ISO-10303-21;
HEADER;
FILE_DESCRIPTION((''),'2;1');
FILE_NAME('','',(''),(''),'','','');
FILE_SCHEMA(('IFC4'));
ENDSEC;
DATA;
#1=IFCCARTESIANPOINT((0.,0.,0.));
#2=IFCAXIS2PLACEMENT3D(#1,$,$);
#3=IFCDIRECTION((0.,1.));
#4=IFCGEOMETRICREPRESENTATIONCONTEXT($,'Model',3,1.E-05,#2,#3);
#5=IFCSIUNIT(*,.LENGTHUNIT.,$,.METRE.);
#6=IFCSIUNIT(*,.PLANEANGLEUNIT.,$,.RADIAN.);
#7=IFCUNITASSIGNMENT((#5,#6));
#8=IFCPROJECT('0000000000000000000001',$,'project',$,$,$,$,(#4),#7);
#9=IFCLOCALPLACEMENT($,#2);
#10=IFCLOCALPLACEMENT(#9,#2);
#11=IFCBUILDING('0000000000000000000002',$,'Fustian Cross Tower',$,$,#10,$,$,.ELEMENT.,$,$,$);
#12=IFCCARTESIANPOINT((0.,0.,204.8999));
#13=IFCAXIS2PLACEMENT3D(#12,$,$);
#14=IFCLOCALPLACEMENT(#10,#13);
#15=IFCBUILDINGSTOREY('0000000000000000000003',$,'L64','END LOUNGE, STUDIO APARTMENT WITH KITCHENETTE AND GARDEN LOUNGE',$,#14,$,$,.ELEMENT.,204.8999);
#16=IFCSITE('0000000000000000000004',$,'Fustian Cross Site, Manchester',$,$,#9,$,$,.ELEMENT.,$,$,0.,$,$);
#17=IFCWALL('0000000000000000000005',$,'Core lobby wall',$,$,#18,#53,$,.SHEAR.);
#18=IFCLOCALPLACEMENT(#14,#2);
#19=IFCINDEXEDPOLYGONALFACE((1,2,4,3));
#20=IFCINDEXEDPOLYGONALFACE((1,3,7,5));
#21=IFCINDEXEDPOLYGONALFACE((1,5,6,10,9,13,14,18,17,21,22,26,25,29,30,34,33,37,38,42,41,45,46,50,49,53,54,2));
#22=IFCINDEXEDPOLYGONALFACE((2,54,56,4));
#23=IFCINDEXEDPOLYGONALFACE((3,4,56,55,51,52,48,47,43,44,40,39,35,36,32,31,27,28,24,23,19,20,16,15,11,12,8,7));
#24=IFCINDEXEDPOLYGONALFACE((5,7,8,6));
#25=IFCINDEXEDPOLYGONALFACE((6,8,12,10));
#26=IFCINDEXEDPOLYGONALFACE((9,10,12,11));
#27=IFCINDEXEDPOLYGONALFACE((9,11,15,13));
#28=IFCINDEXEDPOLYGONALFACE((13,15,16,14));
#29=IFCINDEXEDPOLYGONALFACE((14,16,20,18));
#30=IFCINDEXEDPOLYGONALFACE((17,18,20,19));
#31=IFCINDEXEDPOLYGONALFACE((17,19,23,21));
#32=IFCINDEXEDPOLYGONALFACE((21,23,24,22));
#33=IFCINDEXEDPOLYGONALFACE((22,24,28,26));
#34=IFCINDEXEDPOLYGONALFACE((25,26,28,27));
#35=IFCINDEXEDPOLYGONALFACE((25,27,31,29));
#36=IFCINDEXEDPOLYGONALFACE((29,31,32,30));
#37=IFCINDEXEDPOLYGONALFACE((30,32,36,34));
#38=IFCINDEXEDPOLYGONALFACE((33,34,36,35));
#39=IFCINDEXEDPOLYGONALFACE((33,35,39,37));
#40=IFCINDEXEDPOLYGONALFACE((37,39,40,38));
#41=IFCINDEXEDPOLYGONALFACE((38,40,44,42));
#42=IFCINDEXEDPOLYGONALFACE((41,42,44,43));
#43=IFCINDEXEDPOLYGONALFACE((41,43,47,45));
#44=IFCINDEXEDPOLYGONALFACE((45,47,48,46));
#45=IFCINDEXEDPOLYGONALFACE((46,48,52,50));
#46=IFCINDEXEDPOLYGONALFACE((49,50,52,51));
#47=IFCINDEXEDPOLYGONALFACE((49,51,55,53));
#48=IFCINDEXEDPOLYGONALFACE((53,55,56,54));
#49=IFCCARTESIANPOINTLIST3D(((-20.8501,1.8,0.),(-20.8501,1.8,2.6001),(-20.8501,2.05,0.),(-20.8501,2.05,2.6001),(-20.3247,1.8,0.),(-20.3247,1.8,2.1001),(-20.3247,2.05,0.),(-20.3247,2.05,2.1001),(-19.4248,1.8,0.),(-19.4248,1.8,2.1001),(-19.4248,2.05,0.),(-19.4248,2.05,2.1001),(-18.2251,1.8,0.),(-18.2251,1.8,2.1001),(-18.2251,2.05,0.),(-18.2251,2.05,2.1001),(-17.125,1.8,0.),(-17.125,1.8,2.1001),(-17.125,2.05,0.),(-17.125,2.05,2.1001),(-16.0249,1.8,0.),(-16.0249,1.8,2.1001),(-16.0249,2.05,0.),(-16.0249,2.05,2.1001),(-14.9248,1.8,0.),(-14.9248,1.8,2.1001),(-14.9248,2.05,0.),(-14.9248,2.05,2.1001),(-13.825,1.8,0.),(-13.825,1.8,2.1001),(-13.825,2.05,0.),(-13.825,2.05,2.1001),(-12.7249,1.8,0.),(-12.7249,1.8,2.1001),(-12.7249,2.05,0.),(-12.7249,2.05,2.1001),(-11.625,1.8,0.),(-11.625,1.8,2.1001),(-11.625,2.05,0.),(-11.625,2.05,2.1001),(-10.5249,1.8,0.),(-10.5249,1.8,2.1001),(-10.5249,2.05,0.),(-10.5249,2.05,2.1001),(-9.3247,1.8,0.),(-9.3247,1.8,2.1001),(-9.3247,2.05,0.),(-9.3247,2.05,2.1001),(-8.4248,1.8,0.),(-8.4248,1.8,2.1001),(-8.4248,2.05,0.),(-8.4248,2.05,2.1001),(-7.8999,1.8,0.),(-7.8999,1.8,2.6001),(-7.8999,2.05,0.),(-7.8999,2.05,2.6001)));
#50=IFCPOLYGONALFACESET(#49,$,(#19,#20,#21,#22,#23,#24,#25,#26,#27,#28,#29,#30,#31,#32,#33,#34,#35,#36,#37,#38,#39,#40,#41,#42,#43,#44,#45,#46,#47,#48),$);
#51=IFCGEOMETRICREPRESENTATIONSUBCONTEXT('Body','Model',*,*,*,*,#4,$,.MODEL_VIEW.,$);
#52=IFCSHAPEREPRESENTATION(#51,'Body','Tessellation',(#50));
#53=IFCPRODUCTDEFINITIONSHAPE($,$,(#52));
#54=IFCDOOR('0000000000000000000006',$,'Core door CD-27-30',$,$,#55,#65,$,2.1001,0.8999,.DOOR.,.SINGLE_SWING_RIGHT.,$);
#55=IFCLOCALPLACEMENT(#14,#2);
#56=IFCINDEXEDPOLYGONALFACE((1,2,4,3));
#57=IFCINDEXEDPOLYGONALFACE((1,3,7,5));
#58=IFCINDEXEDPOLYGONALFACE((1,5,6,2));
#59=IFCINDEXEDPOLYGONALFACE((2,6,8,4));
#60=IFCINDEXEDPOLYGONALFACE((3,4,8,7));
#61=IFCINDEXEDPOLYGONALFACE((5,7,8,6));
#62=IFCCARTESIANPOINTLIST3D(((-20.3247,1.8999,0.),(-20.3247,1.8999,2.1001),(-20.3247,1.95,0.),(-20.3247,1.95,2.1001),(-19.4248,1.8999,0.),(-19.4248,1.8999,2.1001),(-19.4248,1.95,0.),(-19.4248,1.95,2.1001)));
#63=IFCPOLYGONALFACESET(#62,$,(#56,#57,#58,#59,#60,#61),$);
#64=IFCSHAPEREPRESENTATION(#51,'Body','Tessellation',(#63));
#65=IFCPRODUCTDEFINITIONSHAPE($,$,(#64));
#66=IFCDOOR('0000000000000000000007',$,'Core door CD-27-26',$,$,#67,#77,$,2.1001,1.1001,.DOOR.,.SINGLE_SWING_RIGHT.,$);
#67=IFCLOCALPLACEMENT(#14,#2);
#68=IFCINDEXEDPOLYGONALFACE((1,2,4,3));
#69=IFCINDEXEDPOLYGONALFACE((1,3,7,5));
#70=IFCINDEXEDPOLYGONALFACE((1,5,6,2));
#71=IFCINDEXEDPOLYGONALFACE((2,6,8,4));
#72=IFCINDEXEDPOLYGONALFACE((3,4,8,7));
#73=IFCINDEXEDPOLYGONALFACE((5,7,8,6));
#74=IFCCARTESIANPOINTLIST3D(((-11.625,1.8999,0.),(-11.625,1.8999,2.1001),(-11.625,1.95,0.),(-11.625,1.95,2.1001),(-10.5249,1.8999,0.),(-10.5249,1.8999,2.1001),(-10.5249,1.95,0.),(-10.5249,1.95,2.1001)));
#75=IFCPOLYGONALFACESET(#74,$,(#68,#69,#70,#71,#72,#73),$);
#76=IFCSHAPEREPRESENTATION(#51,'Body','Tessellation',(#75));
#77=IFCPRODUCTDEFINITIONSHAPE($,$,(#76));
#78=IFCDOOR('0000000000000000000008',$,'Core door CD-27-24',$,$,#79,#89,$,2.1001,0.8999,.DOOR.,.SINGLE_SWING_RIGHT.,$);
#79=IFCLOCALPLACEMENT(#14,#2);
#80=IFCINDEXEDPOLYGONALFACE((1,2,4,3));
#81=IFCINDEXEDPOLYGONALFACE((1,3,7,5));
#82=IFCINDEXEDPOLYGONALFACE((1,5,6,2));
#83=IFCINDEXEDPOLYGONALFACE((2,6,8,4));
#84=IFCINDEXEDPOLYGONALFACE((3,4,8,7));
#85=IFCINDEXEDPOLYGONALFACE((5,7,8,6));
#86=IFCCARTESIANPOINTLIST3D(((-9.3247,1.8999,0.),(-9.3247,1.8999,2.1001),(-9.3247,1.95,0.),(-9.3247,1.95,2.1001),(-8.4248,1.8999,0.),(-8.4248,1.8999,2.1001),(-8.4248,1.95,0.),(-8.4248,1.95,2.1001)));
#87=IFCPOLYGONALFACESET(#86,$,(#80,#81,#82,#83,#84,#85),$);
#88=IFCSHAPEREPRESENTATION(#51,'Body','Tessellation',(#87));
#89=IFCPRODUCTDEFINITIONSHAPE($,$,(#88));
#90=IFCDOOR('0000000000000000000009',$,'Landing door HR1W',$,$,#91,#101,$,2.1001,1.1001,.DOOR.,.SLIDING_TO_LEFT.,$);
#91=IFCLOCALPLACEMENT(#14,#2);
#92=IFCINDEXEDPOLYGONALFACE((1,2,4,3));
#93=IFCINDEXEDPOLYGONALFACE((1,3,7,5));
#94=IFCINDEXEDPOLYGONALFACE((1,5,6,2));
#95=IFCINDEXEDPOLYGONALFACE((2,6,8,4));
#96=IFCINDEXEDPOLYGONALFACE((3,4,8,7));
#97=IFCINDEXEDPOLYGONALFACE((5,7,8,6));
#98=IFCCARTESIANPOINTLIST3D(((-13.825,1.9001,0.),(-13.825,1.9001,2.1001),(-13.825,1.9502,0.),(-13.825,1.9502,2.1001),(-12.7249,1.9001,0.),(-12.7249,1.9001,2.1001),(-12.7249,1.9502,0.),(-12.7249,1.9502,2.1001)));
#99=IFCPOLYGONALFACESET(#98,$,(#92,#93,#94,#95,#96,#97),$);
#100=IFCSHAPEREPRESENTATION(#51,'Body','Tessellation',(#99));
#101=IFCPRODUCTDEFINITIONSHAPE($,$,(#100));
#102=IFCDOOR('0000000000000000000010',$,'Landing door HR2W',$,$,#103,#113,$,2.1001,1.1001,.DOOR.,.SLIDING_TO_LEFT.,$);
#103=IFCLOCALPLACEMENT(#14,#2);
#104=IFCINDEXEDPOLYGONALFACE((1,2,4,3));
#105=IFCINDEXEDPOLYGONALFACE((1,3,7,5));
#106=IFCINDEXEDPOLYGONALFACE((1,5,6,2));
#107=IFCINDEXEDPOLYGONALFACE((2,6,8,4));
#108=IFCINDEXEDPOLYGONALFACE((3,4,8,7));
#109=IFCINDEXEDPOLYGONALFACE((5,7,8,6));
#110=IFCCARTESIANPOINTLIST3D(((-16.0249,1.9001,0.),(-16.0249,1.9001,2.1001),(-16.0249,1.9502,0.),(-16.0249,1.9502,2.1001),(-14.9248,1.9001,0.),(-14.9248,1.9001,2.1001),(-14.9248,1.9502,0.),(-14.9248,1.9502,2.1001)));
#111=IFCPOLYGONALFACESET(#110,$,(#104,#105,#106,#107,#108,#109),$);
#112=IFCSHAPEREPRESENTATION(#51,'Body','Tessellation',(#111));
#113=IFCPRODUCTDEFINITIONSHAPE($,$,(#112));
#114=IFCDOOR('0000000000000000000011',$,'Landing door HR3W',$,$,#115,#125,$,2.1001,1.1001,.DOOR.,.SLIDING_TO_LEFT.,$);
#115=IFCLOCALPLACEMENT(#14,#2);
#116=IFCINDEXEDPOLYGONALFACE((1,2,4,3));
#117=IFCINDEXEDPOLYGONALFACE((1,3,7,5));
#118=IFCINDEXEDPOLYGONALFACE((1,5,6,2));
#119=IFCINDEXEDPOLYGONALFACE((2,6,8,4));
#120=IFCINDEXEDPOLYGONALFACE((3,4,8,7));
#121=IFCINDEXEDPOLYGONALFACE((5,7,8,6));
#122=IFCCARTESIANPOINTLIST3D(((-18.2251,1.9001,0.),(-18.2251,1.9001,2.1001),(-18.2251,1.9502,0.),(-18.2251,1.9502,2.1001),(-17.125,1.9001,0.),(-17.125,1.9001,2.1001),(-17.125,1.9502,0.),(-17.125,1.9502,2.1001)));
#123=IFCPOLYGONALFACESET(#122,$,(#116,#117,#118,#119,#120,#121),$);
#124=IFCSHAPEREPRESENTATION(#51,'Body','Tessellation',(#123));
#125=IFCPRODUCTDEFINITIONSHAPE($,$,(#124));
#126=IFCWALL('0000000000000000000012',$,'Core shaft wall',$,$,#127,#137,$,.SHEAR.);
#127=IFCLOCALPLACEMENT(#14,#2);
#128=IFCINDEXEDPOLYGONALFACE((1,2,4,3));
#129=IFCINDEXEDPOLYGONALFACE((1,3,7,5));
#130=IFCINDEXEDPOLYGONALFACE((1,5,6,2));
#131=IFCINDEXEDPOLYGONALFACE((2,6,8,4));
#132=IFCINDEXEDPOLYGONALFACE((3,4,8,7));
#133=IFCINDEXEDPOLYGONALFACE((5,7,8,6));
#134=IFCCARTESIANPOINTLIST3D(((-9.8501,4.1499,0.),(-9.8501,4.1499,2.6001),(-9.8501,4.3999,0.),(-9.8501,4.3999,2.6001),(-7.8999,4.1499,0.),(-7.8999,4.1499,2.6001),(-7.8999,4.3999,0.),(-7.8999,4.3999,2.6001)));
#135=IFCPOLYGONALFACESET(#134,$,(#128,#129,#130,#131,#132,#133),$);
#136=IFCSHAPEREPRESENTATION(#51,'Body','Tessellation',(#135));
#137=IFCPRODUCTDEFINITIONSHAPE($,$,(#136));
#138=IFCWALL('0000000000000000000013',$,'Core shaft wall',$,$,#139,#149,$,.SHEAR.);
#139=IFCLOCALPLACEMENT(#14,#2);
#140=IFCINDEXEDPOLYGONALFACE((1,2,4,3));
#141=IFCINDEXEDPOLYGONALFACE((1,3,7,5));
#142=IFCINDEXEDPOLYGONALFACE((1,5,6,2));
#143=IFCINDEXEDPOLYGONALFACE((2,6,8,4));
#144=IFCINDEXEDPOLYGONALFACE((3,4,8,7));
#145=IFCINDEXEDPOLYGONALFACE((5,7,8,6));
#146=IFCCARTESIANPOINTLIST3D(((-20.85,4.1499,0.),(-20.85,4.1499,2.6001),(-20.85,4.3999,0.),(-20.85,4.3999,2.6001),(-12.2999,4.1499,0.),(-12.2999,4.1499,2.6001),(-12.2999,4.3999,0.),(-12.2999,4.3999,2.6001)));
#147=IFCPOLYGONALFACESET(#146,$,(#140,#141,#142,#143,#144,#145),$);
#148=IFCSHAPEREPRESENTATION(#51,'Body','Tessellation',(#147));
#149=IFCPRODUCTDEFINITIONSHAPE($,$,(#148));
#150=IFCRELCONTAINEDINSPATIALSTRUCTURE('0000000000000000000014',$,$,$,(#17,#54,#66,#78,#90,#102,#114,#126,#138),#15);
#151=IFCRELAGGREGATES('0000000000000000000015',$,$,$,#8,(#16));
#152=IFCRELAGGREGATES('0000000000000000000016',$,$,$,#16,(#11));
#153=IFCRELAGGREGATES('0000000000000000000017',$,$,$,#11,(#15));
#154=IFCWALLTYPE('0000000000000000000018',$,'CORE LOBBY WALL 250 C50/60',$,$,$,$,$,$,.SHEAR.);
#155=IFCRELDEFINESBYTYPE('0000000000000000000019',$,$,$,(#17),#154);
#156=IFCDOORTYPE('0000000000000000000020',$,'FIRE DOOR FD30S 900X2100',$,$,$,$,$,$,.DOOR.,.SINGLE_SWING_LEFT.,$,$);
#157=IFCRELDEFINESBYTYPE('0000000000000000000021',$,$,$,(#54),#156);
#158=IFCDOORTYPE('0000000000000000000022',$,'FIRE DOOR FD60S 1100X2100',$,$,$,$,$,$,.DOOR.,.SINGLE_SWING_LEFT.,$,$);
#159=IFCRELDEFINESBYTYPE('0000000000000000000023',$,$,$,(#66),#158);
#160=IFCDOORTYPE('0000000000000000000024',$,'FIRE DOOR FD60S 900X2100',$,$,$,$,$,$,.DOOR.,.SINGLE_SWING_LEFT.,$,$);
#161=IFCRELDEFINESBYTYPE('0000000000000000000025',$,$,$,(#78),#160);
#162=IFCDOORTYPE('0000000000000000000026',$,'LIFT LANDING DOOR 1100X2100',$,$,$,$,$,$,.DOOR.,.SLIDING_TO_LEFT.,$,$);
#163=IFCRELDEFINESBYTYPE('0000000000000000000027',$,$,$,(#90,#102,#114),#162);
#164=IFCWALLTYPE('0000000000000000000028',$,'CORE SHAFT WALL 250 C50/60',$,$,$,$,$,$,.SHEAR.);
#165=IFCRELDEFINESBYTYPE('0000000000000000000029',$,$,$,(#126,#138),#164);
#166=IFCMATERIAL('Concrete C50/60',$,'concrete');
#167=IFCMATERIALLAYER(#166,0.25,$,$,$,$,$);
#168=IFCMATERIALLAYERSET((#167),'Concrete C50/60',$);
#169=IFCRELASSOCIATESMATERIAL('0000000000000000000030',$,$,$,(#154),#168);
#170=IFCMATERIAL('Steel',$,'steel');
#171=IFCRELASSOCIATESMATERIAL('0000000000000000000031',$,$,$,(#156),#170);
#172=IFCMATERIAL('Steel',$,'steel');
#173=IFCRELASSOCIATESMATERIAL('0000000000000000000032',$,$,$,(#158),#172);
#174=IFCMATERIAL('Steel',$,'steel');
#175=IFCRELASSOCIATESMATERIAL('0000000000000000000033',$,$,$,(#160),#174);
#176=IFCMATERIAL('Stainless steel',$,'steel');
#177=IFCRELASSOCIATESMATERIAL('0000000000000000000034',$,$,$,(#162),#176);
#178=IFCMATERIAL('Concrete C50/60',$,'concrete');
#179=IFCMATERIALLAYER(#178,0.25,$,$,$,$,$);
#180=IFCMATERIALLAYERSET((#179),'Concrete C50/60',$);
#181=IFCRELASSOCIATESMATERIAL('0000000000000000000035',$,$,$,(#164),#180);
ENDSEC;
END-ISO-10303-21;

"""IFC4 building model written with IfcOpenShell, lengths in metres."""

from ifc_helpers import new_model, si_unit, direction, frame, frame_2d, origin, place, context, subcontext, project, spatial, rectangle, extrude, material, layer, layer_set, type_object, element, fill, save


model = new_model("IFC4")

# Units and contexts
model_context = context("Model", 3, precision=1e-05, world=origin(), true_north=direction((0.0, 1.0)))
body_context = subcontext(model_context, "Body", "Model", "MODEL_VIEW")
ifc_project = project(units=[si_unit("LENGTHUNIT", "METRE"), si_unit("PLANEANGLEUNIT", "RADIAN")], contexts=[model_context])

# Site, building, storey
site_placement = place(None, origin())
site = spatial("IfcSite", under=ifc_project, at=site_placement, Name="Fustian Cross Site, Manchester", CompositionType="ELEMENT", RefElevation=0.0)
building_placement = place(site_placement, origin())
building = spatial("IfcBuilding", under=site, at=building_placement, Name="Fustian Cross Tower", CompositionType="ELEMENT")
storey_placement = place(building_placement, frame((0.0, 0.0, 204.8999)))
storey = spatial("IfcBuildingStorey", under=building, at=storey_placement, Name="L64", Description="END LOUNGE, STUDIO APARTMENT WITH KITCHENETTE AND GARDEN LOUNGE", CompositionType="ELEMENT", Elevation=204.8999)

# Wall, openings, doors
ifc_material_1 = material(Name="Concrete C50/60", Category="concrete")
ifc_layer_1 = layer(ifc_material_1, 0.25)
ifc_layer_set_1 = layer_set([ifc_layer_1], Name="Concrete C50/60")
wall_type_1 = type_object("IfcWallType", Name="CORE LOBBY WALL 250 C50/60", PredefinedType="SHEAR", material=ifc_layer_set_1)
wall_1_placement = place(storey_placement, frame((-7.8999, 1.925, 0.0), z_axis=(0.0, 0.0, 1.0), x_axis=(-1.0, 0.0, 0.0)))
wall_1 = element("IfcWall", 1, at=wall_1_placement, inside=storey, type_object=wall_type_1, Name="Core lobby wall", PredefinedType="SHEAR", context=body_context, shape_type="SweptSolid", body=[
    extrude(rectangle(XDim=12.9502, YDim=0.25, at=frame_2d((6.4751, 0.0))), origin(), (0.0, 0.0, 1.0), 2.6001),
])
opening_1_placement = place(wall_1_placement, frame((4.825, 0.0, 0.0)))
opening_1 = element("IfcOpeningElement", 2, at=opening_1_placement, cuts=wall_1, PredefinedType="OPENING", context=body_context, shape_type="SweptSolid", body=[
    extrude(rectangle(XDim=1.1001, YDim=2.1001, at=frame_2d((0.55, 1.05))), frame((0.0, 0.135, 0.0), z_axis=(0.0, -1.0, 0.0), x_axis=(1.0, 0.0, 0.0)), (0.0, 0.0, 1.0), 0.27),
])
opening_2_placement = place(wall_1_placement, frame((7.0249, 0.0, 0.0)))
opening_2 = element("IfcOpeningElement", 3, at=opening_2_placement, cuts=wall_1, PredefinedType="OPENING", context=body_context, shape_type="SweptSolid", body=[
    extrude(rectangle(XDim=1.1001, YDim=2.1001, at=frame_2d((0.55, 1.05))), frame((0.0, 0.135, 0.0), z_axis=(0.0, -1.0, 0.0), x_axis=(1.0, 0.0, 0.0)), (0.0, 0.0, 1.0), 0.27),
])
opening_3_placement = place(wall_1_placement, frame((9.2251, 0.0, 0.0)))
opening_3 = element("IfcOpeningElement", 4, at=opening_3_placement, cuts=wall_1, PredefinedType="OPENING", context=body_context, shape_type="SweptSolid", body=[
    extrude(rectangle(XDim=1.1001, YDim=2.1001, at=frame_2d((0.55, 1.05))), frame((0.0, 0.135, 0.0), z_axis=(0.0, -1.0, 0.0), x_axis=(1.0, 0.0, 0.0)), (0.0, 0.0, 1.0), 0.27),
])
opening_4_placement = place(wall_1_placement, frame((0.5249, 0.0, 0.0)))
opening_4 = element("IfcOpeningElement", 5, at=opening_4_placement, cuts=wall_1, PredefinedType="OPENING", context=body_context, shape_type="SweptSolid", body=[
    extrude(rectangle(XDim=0.8999, YDim=2.1001, at=frame_2d((0.45, 1.05))), frame((0.0, 0.135, 0.0), z_axis=(0.0, -1.0, 0.0), x_axis=(1.0, 0.0, 0.0)), (0.0, 0.0, 1.0), 0.27),
])
opening_5_placement = place(wall_1_placement, frame((2.625, 0.0, 0.0)))
opening_5 = element("IfcOpeningElement", 6, at=opening_5_placement, cuts=wall_1, PredefinedType="OPENING", context=body_context, shape_type="SweptSolid", body=[
    extrude(rectangle(XDim=1.1001, YDim=2.1001, at=frame_2d((0.55, 1.05))), frame((0.0, 0.135, 0.0), z_axis=(0.0, -1.0, 0.0), x_axis=(1.0, 0.0, 0.0)), (0.0, 0.0, 1.0), 0.27),
])
opening_6_placement = place(wall_1_placement, frame((11.5249, 0.0, 0.0)))
opening_6 = element("IfcOpeningElement", 7, at=opening_6_placement, cuts=wall_1, PredefinedType="OPENING", context=body_context, shape_type="SweptSolid", body=[
    extrude(rectangle(XDim=0.8999, YDim=2.1001, at=frame_2d((0.45, 1.05))), frame((0.0, 0.135, 0.0), z_axis=(0.0, -1.0, 0.0), x_axis=(1.0, 0.0, 0.0)), (0.0, 0.0, 1.0), 0.27),
])
ifc_material_2 = material(Name="Steel", Category="steel")
door_type_1 = type_object("IfcDoorType", Name="FIRE DOOR FD30S 900X2100", OperationType="SINGLE_SWING_LEFT", PredefinedType="DOOR", material=ifc_material_2)
door_1_placement = place(opening_6_placement, frame((0.8999, 0.0, 0.0), z_axis=(0.0, 0.0, 1.0), x_axis=(-1.0, 0.0, 0.0)))
door_1 = element("IfcDoor", 8, at=door_1_placement, inside=storey, type_object=door_type_1, Name="Core door CD-27-30", OperationType="SINGLE_SWING_RIGHT", OverallHeight=2.1001, OverallWidth=0.8999, PredefinedType="DOOR", context=body_context, shape_type="SweptSolid", body=[
    extrude(rectangle(XDim=0.8999, YDim=2.1001, at=frame_2d((0.45, 1.05))), frame((0.0, 0.0249, 0.0), z_axis=(0.0, -1.0, 0.0), x_axis=(1.0, 0.0, 0.0)), (0.0, 0.0, 1.0), 0.05),
])
fill(opening_6, door_1)
ifc_material_3 = material(Name="Steel", Category="steel")
door_type_2 = type_object("IfcDoorType", Name="FIRE DOOR FD60S 1100X2100", OperationType="SINGLE_SWING_LEFT", PredefinedType="DOOR", material=ifc_material_3)
door_2_placement = place(opening_5_placement, frame((1.1001, 0.0, 0.0), z_axis=(0.0, 0.0, 1.0), x_axis=(-1.0, 0.0, 0.0)))
door_2 = element("IfcDoor", 9, at=door_2_placement, inside=storey, type_object=door_type_2, Name="Core door CD-27-26", OperationType="SINGLE_SWING_RIGHT", OverallHeight=2.1001, OverallWidth=1.1001, PredefinedType="DOOR", context=body_context, shape_type="SweptSolid", body=[
    extrude(rectangle(XDim=1.1001, YDim=2.1001, at=frame_2d((0.55, 1.05))), frame((0.0, 0.0249, 0.0), z_axis=(0.0, -1.0, 0.0), x_axis=(1.0, 0.0, 0.0)), (0.0, 0.0, 1.0), 0.05),
])
fill(opening_5, door_2)
ifc_material_4 = material(Name="Steel", Category="steel")
door_type_3 = type_object("IfcDoorType", Name="FIRE DOOR FD60S 900X2100", OperationType="SINGLE_SWING_LEFT", PredefinedType="DOOR", material=ifc_material_4)
door_3_placement = place(opening_4_placement, frame((0.8999, 0.0, 0.0), z_axis=(0.0, 0.0, 1.0), x_axis=(-1.0, 0.0, 0.0)))
door_3 = element("IfcDoor", 10, at=door_3_placement, inside=storey, type_object=door_type_3, Name="Core door CD-27-24", OperationType="SINGLE_SWING_RIGHT", OverallHeight=2.1001, OverallWidth=0.8999, PredefinedType="DOOR", context=body_context, shape_type="SweptSolid", body=[
    extrude(rectangle(XDim=0.8999, YDim=2.1001, at=frame_2d((0.45, 1.05))), frame((0.0, 0.0249, 0.0), z_axis=(0.0, -1.0, 0.0), x_axis=(1.0, 0.0, 0.0)), (0.0, 0.0, 1.0), 0.05),
])
fill(opening_4, door_3)
ifc_material_5 = material(Name="Stainless steel", Category="steel")
door_type_4 = type_object("IfcDoorType", Name="LIFT LANDING DOOR 1100X2100", OperationType="SLIDING_TO_LEFT", PredefinedType="DOOR", material=ifc_material_5)
door_4_placement = place(opening_1_placement, origin())
door_4 = element("IfcDoor", 11, at=door_4_placement, inside=storey, type_object=door_type_4, Name="Landing door HR1W", OperationType="SLIDING_TO_LEFT", OverallHeight=2.1001, OverallWidth=1.1001, PredefinedType="DOOR", context=body_context, shape_type="SweptSolid", body=[
    extrude(rectangle(XDim=1.1001, YDim=2.1001, at=frame_2d((0.55, 1.05))), frame((0.0, 0.0249, 0.0), z_axis=(0.0, -1.0, 0.0), x_axis=(1.0, 0.0, 0.0)), (0.0, 0.0, 1.0), 0.05),
])
fill(opening_1, door_4)
door_5_placement = place(opening_2_placement, origin())
door_5 = element("IfcDoor", 12, at=door_5_placement, inside=storey, type_object=door_type_4, Name="Landing door HR2W", OperationType="SLIDING_TO_LEFT", OverallHeight=2.1001, OverallWidth=1.1001, PredefinedType="DOOR", context=body_context, shape_type="SweptSolid", body=[
    extrude(rectangle(XDim=1.1001, YDim=2.1001, at=frame_2d((0.55, 1.05))), frame((0.0, 0.0249, 0.0), z_axis=(0.0, -1.0, 0.0), x_axis=(1.0, 0.0, 0.0)), (0.0, 0.0, 1.0), 0.05),
])
fill(opening_2, door_5)
door_6_placement = place(opening_3_placement, origin())
door_6 = element("IfcDoor", 13, at=door_6_placement, inside=storey, type_object=door_type_4, Name="Landing door HR3W", OperationType="SLIDING_TO_LEFT", OverallHeight=2.1001, OverallWidth=1.1001, PredefinedType="DOOR", context=body_context, shape_type="SweptSolid", body=[
    extrude(rectangle(XDim=1.1001, YDim=2.1001, at=frame_2d((0.55, 1.05))), frame((0.0, 0.0249, 0.0), z_axis=(0.0, -1.0, 0.0), x_axis=(1.0, 0.0, 0.0)), (0.0, 0.0, 1.0), 0.05),
])
fill(opening_3, door_6)

# Walls
ifc_material_6 = material(Name="Concrete C50/60", Category="concrete")
ifc_layer_2 = layer(ifc_material_6, 0.25)
ifc_layer_set_2 = layer_set([ifc_layer_2], Name="Concrete C50/60")
wall_type_2 = type_object("IfcWallType", Name="CORE SHAFT WALL 250 C50/60", PredefinedType="SHEAR", material=ifc_layer_set_2)
wall_2_placement = place(storey_placement, frame((-7.8999, 4.2749, 0.0), z_axis=(0.0, 0.0, 1.0), x_axis=(-1.0, 0.0, 0.0)))
element("IfcWall", 14, at=wall_2_placement, inside=storey, type_object=wall_type_2, Name="Core shaft wall", PredefinedType="SHEAR", context=body_context, shape_type="SweptSolid", body=[
    extrude(rectangle(XDim=1.9502, YDim=0.25, at=frame_2d((0.9751, 0.0))), origin(), (0.0, 0.0, 1.0), 2.6001),
])
wall_3_placement = place(storey_placement, frame((-12.3, 4.2749, 0.0), z_axis=(0.0, 0.0, 1.0), x_axis=(-1.0, 0.0, 0.0)))
element("IfcWall", 15, at=wall_3_placement, inside=storey, type_object=wall_type_2, Name="Core shaft wall", PredefinedType="SHEAR", context=body_context, shape_type="SweptSolid", body=[
    extrude(rectangle(XDim=8.55, YDim=0.25, at=frame_2d((4.2749, 0.0))), origin(), (0.0, 0.0, 1.0), 2.6001),
])

save(model, "model.ifc")
